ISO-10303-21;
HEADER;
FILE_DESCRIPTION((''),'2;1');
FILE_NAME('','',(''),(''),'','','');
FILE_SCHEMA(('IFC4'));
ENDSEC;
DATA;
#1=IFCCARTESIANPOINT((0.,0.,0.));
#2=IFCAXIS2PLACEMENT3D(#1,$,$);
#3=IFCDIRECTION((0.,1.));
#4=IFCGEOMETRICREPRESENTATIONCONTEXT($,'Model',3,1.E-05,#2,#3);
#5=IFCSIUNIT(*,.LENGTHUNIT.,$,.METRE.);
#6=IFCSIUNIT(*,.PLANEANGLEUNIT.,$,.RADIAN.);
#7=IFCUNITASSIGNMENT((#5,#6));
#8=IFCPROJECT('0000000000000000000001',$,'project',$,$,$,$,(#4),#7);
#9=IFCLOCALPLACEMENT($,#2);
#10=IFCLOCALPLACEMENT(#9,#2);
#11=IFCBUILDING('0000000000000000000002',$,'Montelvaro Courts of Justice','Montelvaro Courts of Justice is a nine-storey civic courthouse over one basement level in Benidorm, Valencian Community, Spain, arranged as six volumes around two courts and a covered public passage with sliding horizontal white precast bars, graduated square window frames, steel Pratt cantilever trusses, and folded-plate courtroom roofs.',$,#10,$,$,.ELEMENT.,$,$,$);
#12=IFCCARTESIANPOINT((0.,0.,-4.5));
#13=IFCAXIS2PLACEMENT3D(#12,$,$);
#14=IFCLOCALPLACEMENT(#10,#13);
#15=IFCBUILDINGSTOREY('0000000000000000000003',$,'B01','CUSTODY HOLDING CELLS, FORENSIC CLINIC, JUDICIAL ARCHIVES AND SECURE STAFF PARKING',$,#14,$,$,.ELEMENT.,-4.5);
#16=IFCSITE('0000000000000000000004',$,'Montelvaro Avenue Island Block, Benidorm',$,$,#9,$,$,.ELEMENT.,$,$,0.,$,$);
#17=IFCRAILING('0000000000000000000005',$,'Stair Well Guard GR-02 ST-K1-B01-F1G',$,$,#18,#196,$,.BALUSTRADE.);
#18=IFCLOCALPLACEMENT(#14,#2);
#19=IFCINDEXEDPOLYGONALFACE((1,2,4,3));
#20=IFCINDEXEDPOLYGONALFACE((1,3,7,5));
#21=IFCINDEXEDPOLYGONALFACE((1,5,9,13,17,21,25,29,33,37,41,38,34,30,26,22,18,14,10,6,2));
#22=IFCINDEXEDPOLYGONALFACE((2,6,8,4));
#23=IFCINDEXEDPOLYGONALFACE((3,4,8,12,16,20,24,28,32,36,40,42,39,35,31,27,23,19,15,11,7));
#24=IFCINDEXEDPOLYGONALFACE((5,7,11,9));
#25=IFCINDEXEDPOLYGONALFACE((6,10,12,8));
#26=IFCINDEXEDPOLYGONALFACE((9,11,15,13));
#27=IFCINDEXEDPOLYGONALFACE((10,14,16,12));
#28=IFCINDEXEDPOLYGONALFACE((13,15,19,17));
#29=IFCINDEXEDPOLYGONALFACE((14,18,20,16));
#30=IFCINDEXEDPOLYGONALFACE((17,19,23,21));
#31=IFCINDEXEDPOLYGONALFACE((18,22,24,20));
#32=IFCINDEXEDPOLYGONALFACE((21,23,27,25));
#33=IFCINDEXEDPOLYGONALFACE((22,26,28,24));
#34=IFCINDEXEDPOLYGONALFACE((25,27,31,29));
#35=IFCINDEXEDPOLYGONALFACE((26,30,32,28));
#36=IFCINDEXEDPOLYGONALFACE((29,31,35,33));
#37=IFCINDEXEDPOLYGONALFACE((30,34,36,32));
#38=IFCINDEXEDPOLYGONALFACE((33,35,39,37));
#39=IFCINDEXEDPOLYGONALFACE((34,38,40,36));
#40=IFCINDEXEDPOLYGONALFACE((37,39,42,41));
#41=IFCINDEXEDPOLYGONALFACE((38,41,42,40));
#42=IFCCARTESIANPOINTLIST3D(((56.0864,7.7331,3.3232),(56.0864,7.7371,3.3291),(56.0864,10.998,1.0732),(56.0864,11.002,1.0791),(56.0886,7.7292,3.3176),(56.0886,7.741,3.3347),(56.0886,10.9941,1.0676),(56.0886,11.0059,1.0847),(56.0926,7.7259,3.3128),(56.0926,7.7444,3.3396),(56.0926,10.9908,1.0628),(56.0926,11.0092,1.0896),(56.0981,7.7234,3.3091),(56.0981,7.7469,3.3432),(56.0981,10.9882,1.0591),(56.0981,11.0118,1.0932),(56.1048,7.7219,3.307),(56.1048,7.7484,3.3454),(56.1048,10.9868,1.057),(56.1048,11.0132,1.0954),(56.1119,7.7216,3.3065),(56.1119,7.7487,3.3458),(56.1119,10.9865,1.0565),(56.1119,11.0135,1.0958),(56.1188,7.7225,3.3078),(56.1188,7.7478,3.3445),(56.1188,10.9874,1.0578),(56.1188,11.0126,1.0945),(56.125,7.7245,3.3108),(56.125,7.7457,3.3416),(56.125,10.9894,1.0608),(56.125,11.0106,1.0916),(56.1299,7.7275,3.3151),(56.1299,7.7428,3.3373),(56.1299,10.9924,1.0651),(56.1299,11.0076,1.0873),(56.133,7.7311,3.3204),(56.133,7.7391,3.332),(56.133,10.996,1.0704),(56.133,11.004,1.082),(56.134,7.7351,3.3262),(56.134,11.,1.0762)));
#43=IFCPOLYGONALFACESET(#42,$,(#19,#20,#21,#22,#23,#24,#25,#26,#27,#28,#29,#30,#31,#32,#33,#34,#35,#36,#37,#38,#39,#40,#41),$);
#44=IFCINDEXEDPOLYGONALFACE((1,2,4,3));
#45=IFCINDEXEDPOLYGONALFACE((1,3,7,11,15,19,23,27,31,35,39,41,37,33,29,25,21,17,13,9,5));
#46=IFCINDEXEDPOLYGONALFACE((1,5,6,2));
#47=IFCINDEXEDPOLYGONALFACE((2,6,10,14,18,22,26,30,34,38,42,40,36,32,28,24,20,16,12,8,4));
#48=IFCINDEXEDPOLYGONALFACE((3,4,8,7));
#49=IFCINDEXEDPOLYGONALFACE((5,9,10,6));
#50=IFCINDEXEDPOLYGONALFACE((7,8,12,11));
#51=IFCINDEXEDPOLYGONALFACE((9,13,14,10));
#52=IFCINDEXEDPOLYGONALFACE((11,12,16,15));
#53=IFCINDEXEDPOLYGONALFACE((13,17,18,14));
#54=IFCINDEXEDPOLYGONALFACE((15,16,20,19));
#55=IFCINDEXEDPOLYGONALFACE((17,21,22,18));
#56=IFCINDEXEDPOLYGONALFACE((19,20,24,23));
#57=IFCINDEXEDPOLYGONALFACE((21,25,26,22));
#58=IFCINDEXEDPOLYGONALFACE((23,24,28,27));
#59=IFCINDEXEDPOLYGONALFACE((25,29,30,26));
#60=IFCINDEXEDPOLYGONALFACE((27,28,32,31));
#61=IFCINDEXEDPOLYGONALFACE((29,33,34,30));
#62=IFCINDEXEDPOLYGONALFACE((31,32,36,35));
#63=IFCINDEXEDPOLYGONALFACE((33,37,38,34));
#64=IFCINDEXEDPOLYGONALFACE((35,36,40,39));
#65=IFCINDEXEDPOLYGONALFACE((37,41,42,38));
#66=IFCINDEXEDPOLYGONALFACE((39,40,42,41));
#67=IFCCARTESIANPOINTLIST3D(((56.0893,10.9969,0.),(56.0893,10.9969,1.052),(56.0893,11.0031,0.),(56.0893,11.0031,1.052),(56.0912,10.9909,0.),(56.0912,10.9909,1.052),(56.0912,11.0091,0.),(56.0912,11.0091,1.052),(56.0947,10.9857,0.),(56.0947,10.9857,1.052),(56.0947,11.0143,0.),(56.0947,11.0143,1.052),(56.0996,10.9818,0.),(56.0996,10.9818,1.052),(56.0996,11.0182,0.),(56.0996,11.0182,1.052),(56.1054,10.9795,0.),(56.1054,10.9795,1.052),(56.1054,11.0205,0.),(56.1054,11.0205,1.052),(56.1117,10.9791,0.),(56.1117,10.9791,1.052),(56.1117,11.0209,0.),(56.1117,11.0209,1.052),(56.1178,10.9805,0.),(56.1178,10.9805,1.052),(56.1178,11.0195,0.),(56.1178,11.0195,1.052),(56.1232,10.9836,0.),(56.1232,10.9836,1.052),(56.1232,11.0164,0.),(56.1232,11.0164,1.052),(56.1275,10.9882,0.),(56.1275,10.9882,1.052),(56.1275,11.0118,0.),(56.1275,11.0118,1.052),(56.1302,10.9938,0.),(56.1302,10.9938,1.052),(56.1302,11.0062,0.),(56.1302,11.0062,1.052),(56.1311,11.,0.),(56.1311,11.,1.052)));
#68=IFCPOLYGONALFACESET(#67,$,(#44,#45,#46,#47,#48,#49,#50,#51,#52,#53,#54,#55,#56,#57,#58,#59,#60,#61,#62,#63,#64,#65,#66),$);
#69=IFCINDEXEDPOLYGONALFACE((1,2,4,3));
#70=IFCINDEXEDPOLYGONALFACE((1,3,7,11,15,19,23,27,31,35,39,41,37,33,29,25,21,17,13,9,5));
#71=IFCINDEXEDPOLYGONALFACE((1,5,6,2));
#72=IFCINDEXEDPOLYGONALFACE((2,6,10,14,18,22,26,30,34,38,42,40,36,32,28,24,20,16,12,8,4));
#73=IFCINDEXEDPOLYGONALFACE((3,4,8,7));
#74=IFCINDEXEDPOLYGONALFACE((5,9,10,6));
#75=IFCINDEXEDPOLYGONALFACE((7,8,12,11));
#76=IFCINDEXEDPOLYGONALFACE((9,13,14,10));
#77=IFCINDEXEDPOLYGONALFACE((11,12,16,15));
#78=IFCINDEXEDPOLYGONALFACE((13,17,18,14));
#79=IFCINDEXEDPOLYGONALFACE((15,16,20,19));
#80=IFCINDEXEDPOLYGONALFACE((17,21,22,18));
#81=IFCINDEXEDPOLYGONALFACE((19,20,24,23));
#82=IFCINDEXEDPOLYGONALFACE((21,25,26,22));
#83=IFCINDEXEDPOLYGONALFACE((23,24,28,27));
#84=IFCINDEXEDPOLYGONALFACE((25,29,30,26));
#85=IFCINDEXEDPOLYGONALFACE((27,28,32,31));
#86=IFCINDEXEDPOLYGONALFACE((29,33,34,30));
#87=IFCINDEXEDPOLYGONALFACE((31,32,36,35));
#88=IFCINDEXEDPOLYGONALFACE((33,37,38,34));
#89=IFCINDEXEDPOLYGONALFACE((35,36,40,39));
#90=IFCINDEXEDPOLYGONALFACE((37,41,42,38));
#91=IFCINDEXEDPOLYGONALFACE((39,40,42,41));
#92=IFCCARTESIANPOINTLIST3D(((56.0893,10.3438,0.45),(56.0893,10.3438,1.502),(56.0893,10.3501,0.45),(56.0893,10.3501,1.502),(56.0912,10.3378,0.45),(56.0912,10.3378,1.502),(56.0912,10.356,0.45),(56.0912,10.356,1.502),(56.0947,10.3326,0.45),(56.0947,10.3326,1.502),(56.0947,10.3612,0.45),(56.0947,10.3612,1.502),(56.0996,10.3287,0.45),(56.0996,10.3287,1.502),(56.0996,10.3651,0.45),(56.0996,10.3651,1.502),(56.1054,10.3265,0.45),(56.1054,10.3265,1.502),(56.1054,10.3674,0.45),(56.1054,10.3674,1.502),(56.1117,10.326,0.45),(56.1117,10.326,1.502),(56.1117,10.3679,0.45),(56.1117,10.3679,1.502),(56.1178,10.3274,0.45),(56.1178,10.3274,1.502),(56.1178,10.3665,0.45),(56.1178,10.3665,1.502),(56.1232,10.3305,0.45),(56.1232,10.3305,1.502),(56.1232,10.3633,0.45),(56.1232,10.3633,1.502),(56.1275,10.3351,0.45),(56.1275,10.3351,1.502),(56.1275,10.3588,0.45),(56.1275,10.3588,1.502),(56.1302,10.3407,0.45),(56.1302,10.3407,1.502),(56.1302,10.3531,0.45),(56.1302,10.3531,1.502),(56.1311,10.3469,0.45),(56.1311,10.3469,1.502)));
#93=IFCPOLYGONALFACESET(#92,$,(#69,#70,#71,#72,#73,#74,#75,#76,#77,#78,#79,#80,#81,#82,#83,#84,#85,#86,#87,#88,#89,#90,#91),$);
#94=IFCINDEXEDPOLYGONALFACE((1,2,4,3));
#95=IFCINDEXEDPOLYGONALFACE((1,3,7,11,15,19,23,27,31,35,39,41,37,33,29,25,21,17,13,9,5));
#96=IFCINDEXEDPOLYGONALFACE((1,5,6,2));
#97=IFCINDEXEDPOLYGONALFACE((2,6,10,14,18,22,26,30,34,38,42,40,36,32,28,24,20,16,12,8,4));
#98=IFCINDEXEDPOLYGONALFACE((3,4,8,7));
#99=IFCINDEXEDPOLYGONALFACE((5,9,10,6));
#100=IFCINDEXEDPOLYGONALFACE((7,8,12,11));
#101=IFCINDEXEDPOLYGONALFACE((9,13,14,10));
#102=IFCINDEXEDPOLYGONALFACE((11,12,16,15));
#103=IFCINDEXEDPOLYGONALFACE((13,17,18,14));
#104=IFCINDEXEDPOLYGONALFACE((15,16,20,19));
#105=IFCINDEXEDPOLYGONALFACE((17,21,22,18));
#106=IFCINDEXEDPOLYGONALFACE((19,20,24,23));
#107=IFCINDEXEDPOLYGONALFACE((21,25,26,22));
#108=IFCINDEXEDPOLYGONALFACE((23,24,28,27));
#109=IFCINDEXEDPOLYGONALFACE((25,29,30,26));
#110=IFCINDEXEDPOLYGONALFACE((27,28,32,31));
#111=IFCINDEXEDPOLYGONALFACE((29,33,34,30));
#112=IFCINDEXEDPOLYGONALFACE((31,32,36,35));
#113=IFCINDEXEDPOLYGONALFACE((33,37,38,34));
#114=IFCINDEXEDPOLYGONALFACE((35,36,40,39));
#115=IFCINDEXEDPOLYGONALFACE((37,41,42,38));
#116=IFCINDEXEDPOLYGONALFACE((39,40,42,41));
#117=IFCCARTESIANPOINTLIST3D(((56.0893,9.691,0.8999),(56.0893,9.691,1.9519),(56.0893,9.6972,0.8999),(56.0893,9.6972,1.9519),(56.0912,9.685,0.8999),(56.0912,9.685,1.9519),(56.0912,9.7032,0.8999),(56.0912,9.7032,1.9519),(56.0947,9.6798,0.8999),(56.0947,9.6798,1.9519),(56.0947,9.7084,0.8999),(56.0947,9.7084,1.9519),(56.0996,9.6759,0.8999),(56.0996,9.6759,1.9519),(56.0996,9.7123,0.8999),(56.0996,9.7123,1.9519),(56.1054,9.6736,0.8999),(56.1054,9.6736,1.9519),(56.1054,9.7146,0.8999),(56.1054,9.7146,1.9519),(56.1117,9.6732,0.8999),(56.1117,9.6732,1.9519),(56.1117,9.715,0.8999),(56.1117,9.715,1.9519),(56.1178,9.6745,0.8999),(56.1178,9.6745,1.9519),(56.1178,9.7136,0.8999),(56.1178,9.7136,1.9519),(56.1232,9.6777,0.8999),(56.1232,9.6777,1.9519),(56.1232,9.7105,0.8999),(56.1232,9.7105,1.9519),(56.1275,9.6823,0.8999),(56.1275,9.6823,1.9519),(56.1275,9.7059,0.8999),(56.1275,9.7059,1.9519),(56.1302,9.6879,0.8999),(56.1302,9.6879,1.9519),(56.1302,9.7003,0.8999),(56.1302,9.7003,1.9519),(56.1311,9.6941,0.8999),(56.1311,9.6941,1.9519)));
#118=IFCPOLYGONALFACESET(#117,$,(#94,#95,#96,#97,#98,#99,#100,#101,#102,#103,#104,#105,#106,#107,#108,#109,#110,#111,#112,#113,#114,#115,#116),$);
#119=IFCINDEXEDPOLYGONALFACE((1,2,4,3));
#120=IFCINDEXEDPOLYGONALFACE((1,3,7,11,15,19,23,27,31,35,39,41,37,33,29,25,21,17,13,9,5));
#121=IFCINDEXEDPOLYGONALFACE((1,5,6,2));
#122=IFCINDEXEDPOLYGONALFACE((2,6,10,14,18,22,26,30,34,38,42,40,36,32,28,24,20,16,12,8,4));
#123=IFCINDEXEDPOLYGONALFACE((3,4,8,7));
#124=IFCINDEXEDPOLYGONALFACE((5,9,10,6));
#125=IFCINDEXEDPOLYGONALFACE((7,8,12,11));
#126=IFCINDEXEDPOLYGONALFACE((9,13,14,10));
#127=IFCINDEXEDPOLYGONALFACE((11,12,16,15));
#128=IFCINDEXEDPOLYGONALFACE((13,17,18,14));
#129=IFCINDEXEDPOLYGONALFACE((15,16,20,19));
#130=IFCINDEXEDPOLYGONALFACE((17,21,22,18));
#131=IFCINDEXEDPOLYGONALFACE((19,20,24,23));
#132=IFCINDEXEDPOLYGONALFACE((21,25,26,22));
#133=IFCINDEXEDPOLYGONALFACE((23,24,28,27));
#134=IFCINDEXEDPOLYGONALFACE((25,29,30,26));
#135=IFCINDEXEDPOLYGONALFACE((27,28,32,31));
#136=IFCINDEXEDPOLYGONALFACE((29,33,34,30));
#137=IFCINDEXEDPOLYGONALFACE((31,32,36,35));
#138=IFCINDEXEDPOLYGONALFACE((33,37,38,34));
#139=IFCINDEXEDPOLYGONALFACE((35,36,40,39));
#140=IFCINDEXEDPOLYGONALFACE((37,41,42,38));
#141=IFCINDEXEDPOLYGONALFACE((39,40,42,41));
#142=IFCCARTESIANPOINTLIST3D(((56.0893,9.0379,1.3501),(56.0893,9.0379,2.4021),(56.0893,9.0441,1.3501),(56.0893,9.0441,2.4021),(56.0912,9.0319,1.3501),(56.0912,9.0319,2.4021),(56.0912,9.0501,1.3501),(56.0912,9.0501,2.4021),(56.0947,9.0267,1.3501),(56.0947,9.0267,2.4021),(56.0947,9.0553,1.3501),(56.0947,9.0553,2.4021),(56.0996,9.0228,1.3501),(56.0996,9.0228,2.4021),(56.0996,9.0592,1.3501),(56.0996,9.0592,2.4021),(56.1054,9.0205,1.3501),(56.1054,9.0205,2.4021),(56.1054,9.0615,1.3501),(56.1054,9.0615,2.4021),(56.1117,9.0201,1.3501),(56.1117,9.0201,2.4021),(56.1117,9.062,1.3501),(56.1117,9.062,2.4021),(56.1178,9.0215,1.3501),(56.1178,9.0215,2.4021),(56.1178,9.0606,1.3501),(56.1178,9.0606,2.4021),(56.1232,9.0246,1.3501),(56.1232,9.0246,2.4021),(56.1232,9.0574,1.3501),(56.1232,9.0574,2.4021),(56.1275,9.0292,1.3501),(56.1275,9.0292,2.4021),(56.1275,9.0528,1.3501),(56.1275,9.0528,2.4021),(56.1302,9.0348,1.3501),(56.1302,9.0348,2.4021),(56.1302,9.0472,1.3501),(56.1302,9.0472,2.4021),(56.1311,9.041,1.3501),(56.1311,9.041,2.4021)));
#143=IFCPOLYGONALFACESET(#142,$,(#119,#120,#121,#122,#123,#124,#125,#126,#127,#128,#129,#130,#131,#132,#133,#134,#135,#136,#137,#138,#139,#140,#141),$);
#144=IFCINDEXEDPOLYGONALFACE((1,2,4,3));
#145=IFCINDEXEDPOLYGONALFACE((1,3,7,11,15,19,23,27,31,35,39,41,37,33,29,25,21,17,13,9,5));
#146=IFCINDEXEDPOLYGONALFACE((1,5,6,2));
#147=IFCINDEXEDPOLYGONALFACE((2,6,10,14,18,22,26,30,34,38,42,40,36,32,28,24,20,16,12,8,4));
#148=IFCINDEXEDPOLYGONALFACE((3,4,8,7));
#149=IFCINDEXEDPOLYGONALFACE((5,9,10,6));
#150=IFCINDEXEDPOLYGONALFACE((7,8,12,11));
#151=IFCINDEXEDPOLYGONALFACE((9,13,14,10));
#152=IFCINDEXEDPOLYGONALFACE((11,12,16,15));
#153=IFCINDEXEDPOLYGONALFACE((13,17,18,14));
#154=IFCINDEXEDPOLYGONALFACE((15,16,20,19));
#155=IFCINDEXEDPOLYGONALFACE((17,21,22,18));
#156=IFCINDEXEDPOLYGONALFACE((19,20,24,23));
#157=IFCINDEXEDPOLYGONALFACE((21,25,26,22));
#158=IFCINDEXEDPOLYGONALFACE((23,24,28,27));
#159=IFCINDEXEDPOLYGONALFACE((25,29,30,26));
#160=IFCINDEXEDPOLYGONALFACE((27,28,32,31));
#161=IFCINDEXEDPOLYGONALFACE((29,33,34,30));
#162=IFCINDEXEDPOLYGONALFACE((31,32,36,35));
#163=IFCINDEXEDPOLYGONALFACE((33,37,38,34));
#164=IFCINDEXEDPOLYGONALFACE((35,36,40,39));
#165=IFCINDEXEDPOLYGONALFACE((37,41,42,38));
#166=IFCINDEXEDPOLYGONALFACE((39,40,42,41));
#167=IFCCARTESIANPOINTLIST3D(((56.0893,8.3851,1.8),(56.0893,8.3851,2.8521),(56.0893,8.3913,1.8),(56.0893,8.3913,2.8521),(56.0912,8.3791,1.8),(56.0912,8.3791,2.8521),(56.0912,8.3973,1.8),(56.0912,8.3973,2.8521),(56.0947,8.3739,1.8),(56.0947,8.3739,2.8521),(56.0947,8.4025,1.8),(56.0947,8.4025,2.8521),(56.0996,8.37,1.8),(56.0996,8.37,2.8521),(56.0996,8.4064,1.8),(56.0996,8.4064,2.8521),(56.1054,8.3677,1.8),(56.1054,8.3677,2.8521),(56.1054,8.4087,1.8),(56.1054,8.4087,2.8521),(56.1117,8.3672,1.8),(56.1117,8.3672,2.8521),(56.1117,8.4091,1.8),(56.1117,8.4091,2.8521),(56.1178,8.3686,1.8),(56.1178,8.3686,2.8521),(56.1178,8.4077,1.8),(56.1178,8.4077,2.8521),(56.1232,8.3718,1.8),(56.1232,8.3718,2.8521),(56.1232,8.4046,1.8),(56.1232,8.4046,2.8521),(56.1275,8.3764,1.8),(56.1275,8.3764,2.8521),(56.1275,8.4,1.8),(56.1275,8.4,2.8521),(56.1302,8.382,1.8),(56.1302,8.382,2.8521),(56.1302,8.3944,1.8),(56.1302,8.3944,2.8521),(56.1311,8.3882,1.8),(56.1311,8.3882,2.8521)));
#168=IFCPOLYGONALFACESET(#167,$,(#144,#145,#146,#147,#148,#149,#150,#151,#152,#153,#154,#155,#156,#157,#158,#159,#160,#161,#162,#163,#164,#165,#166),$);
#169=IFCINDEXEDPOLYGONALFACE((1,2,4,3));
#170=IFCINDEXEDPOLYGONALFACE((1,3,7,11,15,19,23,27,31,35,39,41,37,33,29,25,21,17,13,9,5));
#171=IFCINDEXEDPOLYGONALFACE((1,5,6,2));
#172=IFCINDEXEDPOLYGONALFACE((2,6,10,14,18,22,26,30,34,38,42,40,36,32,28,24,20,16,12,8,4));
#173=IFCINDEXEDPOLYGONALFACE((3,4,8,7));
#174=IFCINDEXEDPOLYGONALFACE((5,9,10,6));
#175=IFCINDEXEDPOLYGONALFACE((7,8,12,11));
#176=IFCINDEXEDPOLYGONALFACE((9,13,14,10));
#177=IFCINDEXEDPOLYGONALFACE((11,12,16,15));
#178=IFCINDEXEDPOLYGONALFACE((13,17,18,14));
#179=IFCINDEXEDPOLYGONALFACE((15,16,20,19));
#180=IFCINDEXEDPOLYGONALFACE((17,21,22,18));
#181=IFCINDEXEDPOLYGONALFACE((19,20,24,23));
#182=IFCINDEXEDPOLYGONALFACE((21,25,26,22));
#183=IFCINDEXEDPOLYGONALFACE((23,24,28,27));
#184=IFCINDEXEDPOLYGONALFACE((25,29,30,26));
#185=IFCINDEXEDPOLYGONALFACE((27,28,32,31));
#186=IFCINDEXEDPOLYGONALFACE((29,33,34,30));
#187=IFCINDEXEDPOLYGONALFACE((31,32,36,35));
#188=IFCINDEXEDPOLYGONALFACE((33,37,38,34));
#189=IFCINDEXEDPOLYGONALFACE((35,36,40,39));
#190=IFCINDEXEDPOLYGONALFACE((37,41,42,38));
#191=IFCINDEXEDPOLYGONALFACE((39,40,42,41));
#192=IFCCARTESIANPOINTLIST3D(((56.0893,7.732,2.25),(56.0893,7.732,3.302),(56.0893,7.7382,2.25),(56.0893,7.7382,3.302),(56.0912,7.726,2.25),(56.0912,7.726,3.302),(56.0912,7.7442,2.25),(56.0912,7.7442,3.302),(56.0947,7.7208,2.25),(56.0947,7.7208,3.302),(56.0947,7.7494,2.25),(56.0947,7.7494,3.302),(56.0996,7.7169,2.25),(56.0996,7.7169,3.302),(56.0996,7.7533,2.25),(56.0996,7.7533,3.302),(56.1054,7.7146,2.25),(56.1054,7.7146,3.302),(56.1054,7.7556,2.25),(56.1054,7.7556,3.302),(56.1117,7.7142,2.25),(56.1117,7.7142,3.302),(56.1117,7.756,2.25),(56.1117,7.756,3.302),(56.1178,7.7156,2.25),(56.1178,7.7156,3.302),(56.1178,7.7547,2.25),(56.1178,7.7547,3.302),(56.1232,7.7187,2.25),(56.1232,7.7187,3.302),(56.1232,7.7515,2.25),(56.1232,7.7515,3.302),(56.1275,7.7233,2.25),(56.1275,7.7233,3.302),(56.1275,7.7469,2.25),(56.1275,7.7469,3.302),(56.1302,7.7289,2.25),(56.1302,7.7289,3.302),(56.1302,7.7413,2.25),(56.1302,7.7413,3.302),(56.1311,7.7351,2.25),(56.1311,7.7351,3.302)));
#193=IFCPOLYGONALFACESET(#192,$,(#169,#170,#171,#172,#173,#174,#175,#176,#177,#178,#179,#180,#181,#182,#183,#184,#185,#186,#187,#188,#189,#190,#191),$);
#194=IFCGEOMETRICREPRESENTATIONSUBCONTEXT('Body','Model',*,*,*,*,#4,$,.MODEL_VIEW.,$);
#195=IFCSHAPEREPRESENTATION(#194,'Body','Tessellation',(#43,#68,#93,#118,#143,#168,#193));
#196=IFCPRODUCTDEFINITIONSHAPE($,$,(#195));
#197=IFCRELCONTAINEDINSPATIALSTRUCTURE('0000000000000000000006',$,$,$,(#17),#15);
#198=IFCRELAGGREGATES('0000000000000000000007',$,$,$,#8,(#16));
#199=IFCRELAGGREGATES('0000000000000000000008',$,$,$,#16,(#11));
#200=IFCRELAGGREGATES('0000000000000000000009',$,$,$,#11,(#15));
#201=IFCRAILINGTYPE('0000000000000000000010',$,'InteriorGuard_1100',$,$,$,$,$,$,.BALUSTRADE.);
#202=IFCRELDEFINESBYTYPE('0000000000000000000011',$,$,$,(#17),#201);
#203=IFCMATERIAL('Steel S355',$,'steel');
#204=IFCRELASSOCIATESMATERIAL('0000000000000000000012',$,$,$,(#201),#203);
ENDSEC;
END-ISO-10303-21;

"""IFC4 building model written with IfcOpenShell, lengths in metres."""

from ifc_helpers import new_model, si_unit, direction, frame, origin, origin_2d, place, context, subcontext, project, spatial, circle, extrude, material, type_object, element, save


model = new_model("IFC4")

# Units and contexts
model_context = context("Model", 3, precision=1e-05, world=origin(), true_north=direction((0.0, 1.0)))
body_context = subcontext(model_context, "Body", "Model", "MODEL_VIEW")
ifc_project = project(units=[si_unit("LENGTHUNIT", "METRE"), si_unit("PLANEANGLEUNIT", "RADIAN")], contexts=[model_context])

# Site, building, storey
site_placement = place(None, origin())
site = spatial("IfcSite", under=ifc_project, at=site_placement, Name="Montelvaro Avenue Island Block, Benidorm", CompositionType="ELEMENT", RefElevation=0.0)
building_placement = place(site_placement, origin())
building = spatial("IfcBuilding", under=site, at=building_placement, Name="Montelvaro Courts of Justice", Description="Montelvaro Courts of Justice is a nine-storey civic courthouse over one basement level in Benidorm, Valencian Community, Spain, arranged as six volumes around two courts and a covered public passage with sliding horizontal white precast bars, graduated square window frames, steel Pratt cantilever trusses, and folded-plate courtroom roofs.", CompositionType="ELEMENT")
storey_placement = place(building_placement, frame((0.0, 0.0, -4.5)))
storey = spatial("IfcBuildingStorey", under=building, at=storey_placement, Name="B01", Description="CUSTODY HOLDING CELLS, FORENSIC CLINIC, JUDICIAL ARCHIVES AND SECURE STAFF PARKING", CompositionType="ELEMENT", Elevation=-4.5)

# Shared definitions
ifc_material_1 = material(Name="Steel S355", Category="steel")

# Railing
railing_type_1 = type_object("IfcRailingType", Name="InteriorGuard_1100", PredefinedType="BALUSTRADE", material=ifc_material_1)
railing_1_placement = place(storey_placement, frame((56.1101, 11.0, 0.0)))
element("IfcRailing", 1, at=railing_1_placement, inside=storey, type_object=railing_type_1, Name="Stair Well Guard GR-02 ST-K1-B01-F1G", PredefinedType="BALUSTRADE", context=body_context, shape_type="SweptSolid", body=[
    extrude(circle(Radius=0.0239, at=origin_2d()), frame((0.0, 0.0, 1.0762), z_axis=(0.0, -0.823407, 0.567451), x_axis=(1.0, 0.0, 0.0)), (0.0, 0.0, 1.0), 3.9651),
    extrude(circle(Radius=0.021, at=origin_2d()), origin(), (0.0, 0.0, 1.0), 1.052),
    extrude(circle(Radius=0.021, at=origin_2d()), frame((0.0, -0.6531, 0.45)), (0.0, 0.0, 1.0), 1.052),
    extrude(circle(Radius=0.021, at=origin_2d()), frame((0.0, -1.3059, 0.8999)), (0.0, 0.0, 1.0), 1.052),
    extrude(circle(Radius=0.021, at=origin_2d()), frame((0.0, -1.959, 1.3501)), (0.0, 0.0, 1.0), 1.052),
    extrude(circle(Radius=0.021, at=origin_2d()), frame((0.0, -2.6118, 1.8)), (0.0, 0.0, 1.0), 1.052),
    extrude(circle(Radius=0.021, at=origin_2d()), frame((0.0, -3.2649, 2.25)), (0.0, 0.0, 1.0), 1.052),
])

save(model, "model.ifc")
